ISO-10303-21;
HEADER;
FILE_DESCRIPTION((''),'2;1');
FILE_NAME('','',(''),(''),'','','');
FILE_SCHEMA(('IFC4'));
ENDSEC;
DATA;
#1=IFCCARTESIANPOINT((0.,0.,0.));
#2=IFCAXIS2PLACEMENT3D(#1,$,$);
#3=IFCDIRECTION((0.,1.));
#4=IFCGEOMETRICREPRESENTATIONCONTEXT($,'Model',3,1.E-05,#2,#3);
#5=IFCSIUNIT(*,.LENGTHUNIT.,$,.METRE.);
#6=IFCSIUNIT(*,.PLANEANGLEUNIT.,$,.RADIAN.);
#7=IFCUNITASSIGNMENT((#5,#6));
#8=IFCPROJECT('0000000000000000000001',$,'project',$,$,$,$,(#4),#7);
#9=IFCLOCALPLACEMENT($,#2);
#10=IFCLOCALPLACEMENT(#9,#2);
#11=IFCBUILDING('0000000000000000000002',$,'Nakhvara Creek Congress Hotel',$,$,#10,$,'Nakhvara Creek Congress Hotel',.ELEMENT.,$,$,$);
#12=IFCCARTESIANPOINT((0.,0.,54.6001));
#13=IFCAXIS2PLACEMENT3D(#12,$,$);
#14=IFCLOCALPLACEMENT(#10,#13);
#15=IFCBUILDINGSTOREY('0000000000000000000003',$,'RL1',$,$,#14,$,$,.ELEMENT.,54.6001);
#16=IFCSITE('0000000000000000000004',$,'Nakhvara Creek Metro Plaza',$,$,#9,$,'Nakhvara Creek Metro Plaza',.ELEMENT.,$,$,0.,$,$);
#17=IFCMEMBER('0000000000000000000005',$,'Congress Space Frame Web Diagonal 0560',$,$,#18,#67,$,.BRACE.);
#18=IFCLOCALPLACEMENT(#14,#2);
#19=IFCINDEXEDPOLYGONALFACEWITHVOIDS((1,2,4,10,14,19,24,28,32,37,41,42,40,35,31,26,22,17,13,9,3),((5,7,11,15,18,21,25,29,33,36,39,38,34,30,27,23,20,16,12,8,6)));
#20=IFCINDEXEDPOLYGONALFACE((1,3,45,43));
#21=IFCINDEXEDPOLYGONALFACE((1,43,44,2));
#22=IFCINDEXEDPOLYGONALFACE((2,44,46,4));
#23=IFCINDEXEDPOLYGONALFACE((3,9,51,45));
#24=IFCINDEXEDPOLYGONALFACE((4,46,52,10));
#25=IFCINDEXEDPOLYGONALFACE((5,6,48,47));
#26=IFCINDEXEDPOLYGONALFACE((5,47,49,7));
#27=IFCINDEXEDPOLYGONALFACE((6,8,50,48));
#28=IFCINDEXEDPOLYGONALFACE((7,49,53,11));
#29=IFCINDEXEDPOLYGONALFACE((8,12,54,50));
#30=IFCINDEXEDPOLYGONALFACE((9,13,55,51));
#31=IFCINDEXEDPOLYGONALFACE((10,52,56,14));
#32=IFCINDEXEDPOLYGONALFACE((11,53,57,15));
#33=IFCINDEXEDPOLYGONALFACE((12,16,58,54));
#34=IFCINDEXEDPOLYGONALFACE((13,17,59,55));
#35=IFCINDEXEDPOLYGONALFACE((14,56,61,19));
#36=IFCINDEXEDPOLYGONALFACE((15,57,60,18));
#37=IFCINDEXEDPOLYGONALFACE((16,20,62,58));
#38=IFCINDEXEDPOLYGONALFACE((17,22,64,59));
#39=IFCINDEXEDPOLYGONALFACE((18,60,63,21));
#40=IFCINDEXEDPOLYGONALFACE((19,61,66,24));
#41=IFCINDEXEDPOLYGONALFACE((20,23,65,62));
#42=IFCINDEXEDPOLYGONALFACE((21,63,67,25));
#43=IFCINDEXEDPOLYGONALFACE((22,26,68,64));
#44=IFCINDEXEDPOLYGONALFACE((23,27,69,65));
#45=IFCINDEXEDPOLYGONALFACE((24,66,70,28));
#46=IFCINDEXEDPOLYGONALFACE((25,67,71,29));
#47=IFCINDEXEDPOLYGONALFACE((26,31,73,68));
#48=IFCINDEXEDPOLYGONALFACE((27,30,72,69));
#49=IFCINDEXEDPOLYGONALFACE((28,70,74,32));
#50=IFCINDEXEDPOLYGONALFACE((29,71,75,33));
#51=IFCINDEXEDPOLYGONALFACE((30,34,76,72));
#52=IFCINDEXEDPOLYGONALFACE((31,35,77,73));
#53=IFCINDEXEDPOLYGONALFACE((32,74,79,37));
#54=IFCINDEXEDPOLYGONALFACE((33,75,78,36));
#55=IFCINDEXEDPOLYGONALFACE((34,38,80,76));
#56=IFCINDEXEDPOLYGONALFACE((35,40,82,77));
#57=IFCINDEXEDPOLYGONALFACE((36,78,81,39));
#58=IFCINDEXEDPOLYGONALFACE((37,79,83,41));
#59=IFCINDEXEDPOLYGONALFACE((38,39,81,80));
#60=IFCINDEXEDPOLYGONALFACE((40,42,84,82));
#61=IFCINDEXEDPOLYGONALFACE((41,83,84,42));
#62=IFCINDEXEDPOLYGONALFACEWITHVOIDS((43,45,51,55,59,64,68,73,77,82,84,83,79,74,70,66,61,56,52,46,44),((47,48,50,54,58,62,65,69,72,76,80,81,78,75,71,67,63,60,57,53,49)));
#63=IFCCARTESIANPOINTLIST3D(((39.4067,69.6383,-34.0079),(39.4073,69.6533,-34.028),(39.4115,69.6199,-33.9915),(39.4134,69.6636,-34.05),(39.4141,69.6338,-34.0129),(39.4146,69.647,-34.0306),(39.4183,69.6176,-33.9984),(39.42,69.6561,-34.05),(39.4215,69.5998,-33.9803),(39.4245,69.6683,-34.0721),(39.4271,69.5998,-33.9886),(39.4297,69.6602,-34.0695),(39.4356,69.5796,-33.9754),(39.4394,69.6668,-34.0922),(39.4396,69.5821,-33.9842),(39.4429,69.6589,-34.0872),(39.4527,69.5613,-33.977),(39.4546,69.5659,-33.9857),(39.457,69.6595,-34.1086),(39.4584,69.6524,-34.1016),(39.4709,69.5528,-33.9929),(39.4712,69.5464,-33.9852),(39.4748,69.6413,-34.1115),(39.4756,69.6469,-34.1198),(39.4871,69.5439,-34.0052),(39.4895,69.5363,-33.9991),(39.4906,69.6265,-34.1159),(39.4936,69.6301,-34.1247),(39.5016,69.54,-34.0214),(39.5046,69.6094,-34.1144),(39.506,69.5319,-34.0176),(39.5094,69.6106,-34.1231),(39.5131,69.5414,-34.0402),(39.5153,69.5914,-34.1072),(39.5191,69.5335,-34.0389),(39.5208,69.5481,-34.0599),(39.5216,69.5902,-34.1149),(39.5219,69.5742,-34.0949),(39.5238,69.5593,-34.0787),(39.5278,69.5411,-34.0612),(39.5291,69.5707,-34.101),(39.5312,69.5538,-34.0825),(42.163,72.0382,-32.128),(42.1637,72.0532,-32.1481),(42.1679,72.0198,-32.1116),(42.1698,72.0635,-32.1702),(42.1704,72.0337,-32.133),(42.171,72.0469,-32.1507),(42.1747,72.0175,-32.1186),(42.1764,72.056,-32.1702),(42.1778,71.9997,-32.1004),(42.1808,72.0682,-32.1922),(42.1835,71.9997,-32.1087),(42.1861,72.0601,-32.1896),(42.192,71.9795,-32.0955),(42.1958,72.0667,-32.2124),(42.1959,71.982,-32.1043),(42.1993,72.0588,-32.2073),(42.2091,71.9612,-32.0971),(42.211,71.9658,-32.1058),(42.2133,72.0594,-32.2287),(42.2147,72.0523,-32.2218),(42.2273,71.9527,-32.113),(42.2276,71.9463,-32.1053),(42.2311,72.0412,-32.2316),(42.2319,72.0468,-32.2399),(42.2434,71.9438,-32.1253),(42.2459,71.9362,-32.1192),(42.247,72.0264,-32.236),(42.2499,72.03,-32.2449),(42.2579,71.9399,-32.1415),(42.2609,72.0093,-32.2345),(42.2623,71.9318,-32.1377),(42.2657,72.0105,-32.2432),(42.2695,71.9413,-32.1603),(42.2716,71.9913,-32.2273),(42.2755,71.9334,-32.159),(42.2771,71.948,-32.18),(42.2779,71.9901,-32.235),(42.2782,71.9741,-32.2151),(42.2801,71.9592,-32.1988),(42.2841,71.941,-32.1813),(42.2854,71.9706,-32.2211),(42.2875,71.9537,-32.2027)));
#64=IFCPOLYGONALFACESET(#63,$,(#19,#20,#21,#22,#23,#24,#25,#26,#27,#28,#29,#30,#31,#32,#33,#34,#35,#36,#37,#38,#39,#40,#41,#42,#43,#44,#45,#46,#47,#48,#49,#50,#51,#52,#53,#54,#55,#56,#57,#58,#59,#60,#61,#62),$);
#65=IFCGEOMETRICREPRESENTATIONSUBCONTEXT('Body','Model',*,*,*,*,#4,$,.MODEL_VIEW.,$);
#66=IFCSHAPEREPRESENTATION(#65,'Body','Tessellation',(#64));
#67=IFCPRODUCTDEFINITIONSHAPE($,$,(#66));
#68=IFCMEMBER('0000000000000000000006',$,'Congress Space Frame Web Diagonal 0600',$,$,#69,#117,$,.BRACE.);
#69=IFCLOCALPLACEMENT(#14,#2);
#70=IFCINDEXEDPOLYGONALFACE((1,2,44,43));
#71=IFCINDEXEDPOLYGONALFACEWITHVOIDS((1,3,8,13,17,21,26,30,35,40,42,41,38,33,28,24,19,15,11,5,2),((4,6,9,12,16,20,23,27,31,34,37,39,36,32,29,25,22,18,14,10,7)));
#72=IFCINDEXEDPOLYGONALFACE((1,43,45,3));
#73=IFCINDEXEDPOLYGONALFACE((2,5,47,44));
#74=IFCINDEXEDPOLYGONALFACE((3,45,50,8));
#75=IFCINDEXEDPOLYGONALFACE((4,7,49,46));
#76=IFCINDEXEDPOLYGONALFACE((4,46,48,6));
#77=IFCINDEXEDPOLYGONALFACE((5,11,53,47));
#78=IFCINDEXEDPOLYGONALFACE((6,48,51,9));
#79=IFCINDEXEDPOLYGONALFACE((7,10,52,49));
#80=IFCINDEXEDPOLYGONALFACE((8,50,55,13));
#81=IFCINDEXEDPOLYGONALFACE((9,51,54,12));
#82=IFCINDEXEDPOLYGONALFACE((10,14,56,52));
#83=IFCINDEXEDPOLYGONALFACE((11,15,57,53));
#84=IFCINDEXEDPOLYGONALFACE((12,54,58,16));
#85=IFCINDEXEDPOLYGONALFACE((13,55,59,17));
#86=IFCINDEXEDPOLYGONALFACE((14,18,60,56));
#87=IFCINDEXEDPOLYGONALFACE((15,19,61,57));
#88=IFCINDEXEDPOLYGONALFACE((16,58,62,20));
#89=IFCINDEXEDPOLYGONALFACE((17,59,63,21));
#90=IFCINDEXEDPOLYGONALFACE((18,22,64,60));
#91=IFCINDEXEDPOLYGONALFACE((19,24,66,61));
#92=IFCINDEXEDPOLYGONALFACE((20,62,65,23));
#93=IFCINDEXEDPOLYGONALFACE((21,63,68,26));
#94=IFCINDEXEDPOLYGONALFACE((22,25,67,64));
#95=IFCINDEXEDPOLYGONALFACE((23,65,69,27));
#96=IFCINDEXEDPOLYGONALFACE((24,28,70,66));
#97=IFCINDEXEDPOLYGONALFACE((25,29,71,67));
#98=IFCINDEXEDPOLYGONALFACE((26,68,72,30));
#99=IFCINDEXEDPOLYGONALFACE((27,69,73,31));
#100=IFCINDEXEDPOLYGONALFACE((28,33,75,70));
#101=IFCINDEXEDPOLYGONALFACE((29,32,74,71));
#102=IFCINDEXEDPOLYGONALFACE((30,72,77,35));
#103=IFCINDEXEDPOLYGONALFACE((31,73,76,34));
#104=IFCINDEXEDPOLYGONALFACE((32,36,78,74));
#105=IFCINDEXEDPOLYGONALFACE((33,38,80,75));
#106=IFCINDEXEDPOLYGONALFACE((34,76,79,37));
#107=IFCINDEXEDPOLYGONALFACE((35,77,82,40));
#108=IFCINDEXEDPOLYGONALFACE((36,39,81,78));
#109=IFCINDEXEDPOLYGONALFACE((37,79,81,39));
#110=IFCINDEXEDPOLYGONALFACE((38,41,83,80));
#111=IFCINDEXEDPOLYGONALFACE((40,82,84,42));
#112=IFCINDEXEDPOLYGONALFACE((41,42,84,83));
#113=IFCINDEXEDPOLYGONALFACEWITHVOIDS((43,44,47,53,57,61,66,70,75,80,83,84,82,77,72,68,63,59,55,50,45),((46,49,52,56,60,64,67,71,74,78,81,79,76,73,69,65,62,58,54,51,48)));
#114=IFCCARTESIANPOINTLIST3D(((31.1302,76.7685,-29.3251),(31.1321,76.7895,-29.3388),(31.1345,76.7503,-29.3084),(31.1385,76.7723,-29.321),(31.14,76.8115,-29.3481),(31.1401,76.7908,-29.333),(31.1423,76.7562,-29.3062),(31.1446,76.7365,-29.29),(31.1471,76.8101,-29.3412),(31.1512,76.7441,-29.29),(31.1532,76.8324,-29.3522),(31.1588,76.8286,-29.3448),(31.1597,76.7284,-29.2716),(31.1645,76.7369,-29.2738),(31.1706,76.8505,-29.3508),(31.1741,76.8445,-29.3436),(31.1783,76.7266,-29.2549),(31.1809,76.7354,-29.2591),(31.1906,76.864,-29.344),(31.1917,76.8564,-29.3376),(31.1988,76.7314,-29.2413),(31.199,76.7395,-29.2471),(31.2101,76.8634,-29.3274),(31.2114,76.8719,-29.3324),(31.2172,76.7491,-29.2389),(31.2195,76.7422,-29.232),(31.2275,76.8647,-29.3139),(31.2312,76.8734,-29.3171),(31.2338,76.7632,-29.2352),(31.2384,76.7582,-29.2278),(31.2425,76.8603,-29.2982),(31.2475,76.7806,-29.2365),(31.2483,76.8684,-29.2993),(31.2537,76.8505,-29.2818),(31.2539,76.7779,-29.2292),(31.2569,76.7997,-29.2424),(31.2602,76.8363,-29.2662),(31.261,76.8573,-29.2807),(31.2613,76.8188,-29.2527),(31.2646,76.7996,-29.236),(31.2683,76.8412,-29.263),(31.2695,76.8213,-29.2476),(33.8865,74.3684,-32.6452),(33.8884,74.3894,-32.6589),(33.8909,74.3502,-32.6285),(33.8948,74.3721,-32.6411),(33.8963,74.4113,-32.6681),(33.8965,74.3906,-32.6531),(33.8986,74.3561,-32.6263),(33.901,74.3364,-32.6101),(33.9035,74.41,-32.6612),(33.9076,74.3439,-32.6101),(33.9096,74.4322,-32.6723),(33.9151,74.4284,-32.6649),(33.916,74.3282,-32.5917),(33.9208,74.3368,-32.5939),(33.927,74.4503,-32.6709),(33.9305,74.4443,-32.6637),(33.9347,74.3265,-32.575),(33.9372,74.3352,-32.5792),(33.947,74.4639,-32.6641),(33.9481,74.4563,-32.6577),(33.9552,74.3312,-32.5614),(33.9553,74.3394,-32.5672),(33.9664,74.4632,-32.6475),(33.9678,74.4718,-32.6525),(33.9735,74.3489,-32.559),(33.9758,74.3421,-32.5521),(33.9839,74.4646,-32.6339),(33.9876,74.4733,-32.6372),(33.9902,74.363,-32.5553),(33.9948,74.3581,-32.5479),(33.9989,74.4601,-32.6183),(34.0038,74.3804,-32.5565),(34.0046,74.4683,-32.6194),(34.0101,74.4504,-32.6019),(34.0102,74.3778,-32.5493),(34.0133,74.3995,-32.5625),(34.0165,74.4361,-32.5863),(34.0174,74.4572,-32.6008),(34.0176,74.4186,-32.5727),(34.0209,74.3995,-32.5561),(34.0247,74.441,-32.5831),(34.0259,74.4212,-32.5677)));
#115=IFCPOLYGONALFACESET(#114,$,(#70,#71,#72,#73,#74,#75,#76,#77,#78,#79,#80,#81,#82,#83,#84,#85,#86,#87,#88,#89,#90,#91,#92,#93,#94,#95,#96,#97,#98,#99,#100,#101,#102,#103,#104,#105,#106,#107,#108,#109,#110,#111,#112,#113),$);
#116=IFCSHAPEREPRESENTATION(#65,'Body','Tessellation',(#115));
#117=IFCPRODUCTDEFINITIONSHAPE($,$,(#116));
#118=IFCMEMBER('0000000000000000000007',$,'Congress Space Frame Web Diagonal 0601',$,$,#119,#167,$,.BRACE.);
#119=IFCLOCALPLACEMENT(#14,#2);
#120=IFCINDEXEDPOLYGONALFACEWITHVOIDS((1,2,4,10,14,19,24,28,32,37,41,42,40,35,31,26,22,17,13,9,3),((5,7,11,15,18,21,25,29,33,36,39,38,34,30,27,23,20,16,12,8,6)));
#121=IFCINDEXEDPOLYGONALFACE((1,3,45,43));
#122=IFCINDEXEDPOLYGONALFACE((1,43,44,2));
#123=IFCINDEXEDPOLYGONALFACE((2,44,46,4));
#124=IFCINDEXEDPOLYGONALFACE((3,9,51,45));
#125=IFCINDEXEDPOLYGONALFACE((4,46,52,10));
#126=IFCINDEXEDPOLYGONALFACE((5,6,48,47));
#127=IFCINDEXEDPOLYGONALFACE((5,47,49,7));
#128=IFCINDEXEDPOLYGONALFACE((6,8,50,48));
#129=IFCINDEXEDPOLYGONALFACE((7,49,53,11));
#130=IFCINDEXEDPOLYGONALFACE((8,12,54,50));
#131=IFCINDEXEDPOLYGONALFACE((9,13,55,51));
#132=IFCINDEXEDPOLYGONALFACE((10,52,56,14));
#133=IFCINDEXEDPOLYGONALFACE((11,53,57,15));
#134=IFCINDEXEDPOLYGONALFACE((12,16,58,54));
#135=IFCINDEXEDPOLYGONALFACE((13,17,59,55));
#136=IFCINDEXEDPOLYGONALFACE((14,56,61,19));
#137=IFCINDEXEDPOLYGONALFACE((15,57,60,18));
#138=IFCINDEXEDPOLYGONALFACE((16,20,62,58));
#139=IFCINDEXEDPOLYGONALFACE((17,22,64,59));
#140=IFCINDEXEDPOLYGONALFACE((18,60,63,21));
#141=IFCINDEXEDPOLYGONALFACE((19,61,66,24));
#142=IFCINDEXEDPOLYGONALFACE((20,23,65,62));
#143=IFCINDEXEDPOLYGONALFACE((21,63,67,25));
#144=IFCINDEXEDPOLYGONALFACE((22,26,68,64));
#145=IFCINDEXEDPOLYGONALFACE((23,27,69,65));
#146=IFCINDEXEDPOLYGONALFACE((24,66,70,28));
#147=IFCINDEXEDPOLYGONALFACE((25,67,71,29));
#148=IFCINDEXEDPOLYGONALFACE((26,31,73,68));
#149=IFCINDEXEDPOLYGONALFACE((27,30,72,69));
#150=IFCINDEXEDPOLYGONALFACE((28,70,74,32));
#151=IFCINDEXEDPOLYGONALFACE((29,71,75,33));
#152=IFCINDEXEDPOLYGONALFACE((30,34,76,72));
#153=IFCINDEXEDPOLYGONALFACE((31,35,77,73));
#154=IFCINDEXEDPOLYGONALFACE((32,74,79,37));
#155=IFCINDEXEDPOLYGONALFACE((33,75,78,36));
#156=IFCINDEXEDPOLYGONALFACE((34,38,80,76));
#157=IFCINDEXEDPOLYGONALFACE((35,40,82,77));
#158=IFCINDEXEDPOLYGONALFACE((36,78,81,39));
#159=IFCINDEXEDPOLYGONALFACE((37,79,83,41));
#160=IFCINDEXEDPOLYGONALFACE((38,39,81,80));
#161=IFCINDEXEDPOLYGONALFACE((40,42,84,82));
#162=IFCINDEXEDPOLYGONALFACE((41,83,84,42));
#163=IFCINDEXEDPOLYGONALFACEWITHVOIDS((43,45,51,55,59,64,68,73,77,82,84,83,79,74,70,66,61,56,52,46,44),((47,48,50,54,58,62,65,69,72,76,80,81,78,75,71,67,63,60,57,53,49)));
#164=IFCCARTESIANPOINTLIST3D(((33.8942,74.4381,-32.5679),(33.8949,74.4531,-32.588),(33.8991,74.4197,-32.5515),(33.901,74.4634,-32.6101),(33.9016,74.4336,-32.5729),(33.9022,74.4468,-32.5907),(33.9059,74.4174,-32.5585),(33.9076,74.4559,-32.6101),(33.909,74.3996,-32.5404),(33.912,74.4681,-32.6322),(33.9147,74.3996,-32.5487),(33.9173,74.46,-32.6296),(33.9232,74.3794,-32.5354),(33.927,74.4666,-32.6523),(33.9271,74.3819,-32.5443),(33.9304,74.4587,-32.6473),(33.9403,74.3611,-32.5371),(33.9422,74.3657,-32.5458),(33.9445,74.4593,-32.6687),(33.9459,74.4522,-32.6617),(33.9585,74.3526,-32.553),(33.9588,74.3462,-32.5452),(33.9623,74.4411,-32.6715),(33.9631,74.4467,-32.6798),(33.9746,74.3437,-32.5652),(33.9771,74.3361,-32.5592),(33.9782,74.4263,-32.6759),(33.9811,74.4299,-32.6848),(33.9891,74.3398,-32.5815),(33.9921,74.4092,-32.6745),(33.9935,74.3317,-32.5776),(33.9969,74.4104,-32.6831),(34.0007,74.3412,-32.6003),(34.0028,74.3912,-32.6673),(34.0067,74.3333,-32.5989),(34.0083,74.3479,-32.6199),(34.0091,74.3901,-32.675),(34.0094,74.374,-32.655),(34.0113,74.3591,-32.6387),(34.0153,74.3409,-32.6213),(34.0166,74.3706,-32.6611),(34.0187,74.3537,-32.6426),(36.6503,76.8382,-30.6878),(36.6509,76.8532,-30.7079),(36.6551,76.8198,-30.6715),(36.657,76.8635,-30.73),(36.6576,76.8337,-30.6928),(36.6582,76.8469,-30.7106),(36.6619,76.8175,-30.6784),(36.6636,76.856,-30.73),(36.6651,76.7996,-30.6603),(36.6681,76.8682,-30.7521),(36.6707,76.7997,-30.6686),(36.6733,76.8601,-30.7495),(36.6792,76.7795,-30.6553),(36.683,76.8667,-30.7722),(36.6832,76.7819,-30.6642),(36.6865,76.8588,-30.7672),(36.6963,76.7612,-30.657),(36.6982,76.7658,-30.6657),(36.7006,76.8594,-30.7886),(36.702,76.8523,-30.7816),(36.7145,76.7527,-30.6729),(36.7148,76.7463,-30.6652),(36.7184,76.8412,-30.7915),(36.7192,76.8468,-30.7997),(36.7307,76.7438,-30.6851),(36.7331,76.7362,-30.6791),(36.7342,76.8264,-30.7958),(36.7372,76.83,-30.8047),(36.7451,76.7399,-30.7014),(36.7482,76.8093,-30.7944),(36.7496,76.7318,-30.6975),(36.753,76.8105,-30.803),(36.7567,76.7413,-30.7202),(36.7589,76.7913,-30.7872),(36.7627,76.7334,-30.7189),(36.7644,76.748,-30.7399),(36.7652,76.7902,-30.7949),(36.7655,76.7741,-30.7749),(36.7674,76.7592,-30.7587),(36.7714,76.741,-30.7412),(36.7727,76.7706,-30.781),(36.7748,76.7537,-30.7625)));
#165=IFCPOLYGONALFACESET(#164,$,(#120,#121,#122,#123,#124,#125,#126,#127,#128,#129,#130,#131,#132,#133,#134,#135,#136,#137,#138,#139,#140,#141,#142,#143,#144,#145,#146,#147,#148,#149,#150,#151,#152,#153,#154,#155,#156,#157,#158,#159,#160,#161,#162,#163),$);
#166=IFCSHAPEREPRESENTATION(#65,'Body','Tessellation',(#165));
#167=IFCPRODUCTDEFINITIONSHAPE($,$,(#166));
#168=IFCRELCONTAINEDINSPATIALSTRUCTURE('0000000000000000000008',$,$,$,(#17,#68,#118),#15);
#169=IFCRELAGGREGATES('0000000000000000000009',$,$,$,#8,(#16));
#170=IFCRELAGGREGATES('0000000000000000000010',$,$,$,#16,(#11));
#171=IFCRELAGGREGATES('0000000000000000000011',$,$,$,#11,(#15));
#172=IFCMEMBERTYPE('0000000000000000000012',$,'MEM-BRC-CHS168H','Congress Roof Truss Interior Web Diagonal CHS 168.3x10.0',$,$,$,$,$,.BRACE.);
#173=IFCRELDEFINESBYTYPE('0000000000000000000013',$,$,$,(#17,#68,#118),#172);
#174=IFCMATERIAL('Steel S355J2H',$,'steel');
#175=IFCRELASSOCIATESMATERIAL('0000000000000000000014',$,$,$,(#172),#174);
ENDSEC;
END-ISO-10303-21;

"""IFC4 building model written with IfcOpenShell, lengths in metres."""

from ifc_helpers import new_model, si_unit, direction, frame, origin, origin_2d, place, context, subcontext, project, spatial, hollow_circle, extrude, material, material_profile, profile_set, type_object, element, save


model = new_model("IFC4")

# Units and contexts
model_context = context("Model", 3, precision=1e-05, world=origin(), true_north=direction((0.0, 1.0)))
body_context = subcontext(model_context, "Body", "Model", "MODEL_VIEW")
ifc_project = project(units=[si_unit("LENGTHUNIT", "METRE"), si_unit("PLANEANGLEUNIT", "RADIAN")], contexts=[model_context])

# Site, building, storey
site_placement = place(None, origin())
site = spatial("IfcSite", under=ifc_project, at=site_placement, Name="Nakhvara Creek Metro Plaza", LongName="Nakhvara Creek Metro Plaza", CompositionType="ELEMENT", RefElevation=0.0)
building_placement = place(site_placement, origin())
building = spatial("IfcBuilding", under=site, at=building_placement, Name="Nakhvara Creek Congress Hotel", LongName="Nakhvara Creek Congress Hotel", CompositionType="ELEMENT")
storey_placement = place(building_placement, frame((0.0, 0.0, 54.6001)))
storey = spatial("IfcBuildingStorey", under=building, at=storey_placement, Name="RL1", CompositionType="ELEMENT", Elevation=54.6001)

# Members
ifc_material_1 = material(Name="Steel S355J2H", Category="steel")
ifc_material_profile_1 = material_profile(ifc_material_1, hollow_circle(Radius=0.0842, WallThickness=0.01, at=origin_2d()), Name="CHS 168.3x10.0", Category="LoadBearing")
ifc_profile_set_1 = profile_set([ifc_material_profile_1], Name="Steel S355J2H")
member_type_1 = type_object("IfcMemberType", Name="MEM-BRC-CHS168H", Description="Congress Roof Truss Interior Web Diagonal CHS 168.3x10.0", PredefinedType="BRACE", material=ifc_profile_set_1)
member_1_placement = place(storey_placement, frame((39.4688, 69.6001, -34.05), z_axis=(0.670667, 0.583938, 0.457408), x_axis=(-0.656658, 0.754188, 0.0)))
element("IfcMember", 1, at=member_1_placement, inside=storey, type_object=member_type_1, Name="Congress Space Frame Web Diagonal 0560", PredefinedType="BRACE", context=body_context, shape_type="SweptSolid", body=[
    extrude(hollow_circle(Radius=0.0842, WallThickness=0.01, at=origin_2d()), origin(), (0.0, 0.0, 1.0), 4.1099),
])
member_2_placement = place(storey_placement, frame((33.9563, 74.3999, -32.6101), z_axis=(-0.558224, 0.486085, 0.67239), x_axis=(-0.656696, -0.754155, 0.0)))
element("IfcMember", 2, at=member_2_placement, inside=storey, type_object=member_type_1, Name="Congress Space Frame Web Diagonal 0600", PredefinedType="BRACE", context=body_context, shape_type="SweptSolid", body=[
    extrude(hollow_circle(Radius=0.0842, WallThickness=0.01, at=origin_2d()), origin(), (0.0, 0.0, 1.0), 4.9377),
])
member_3_placement = place(storey_placement, frame((33.9563, 74.3999, -32.6101), z_axis=(0.670593, 0.583984, 0.457457), x_axis=(-0.656729, 0.754126, 0.0)))
element("IfcMember", 3, at=member_3_placement, inside=storey, type_object=member_type_1, Name="Congress Space Frame Web Diagonal 0601", PredefinedType="BRACE", context=body_context, shape_type="SweptSolid", body=[
    extrude(hollow_circle(Radius=0.0842, WallThickness=0.01, at=origin_2d()), origin(), (0.0, 0.0, 1.0), 4.1099),
])

save(model, "model.ifc")
